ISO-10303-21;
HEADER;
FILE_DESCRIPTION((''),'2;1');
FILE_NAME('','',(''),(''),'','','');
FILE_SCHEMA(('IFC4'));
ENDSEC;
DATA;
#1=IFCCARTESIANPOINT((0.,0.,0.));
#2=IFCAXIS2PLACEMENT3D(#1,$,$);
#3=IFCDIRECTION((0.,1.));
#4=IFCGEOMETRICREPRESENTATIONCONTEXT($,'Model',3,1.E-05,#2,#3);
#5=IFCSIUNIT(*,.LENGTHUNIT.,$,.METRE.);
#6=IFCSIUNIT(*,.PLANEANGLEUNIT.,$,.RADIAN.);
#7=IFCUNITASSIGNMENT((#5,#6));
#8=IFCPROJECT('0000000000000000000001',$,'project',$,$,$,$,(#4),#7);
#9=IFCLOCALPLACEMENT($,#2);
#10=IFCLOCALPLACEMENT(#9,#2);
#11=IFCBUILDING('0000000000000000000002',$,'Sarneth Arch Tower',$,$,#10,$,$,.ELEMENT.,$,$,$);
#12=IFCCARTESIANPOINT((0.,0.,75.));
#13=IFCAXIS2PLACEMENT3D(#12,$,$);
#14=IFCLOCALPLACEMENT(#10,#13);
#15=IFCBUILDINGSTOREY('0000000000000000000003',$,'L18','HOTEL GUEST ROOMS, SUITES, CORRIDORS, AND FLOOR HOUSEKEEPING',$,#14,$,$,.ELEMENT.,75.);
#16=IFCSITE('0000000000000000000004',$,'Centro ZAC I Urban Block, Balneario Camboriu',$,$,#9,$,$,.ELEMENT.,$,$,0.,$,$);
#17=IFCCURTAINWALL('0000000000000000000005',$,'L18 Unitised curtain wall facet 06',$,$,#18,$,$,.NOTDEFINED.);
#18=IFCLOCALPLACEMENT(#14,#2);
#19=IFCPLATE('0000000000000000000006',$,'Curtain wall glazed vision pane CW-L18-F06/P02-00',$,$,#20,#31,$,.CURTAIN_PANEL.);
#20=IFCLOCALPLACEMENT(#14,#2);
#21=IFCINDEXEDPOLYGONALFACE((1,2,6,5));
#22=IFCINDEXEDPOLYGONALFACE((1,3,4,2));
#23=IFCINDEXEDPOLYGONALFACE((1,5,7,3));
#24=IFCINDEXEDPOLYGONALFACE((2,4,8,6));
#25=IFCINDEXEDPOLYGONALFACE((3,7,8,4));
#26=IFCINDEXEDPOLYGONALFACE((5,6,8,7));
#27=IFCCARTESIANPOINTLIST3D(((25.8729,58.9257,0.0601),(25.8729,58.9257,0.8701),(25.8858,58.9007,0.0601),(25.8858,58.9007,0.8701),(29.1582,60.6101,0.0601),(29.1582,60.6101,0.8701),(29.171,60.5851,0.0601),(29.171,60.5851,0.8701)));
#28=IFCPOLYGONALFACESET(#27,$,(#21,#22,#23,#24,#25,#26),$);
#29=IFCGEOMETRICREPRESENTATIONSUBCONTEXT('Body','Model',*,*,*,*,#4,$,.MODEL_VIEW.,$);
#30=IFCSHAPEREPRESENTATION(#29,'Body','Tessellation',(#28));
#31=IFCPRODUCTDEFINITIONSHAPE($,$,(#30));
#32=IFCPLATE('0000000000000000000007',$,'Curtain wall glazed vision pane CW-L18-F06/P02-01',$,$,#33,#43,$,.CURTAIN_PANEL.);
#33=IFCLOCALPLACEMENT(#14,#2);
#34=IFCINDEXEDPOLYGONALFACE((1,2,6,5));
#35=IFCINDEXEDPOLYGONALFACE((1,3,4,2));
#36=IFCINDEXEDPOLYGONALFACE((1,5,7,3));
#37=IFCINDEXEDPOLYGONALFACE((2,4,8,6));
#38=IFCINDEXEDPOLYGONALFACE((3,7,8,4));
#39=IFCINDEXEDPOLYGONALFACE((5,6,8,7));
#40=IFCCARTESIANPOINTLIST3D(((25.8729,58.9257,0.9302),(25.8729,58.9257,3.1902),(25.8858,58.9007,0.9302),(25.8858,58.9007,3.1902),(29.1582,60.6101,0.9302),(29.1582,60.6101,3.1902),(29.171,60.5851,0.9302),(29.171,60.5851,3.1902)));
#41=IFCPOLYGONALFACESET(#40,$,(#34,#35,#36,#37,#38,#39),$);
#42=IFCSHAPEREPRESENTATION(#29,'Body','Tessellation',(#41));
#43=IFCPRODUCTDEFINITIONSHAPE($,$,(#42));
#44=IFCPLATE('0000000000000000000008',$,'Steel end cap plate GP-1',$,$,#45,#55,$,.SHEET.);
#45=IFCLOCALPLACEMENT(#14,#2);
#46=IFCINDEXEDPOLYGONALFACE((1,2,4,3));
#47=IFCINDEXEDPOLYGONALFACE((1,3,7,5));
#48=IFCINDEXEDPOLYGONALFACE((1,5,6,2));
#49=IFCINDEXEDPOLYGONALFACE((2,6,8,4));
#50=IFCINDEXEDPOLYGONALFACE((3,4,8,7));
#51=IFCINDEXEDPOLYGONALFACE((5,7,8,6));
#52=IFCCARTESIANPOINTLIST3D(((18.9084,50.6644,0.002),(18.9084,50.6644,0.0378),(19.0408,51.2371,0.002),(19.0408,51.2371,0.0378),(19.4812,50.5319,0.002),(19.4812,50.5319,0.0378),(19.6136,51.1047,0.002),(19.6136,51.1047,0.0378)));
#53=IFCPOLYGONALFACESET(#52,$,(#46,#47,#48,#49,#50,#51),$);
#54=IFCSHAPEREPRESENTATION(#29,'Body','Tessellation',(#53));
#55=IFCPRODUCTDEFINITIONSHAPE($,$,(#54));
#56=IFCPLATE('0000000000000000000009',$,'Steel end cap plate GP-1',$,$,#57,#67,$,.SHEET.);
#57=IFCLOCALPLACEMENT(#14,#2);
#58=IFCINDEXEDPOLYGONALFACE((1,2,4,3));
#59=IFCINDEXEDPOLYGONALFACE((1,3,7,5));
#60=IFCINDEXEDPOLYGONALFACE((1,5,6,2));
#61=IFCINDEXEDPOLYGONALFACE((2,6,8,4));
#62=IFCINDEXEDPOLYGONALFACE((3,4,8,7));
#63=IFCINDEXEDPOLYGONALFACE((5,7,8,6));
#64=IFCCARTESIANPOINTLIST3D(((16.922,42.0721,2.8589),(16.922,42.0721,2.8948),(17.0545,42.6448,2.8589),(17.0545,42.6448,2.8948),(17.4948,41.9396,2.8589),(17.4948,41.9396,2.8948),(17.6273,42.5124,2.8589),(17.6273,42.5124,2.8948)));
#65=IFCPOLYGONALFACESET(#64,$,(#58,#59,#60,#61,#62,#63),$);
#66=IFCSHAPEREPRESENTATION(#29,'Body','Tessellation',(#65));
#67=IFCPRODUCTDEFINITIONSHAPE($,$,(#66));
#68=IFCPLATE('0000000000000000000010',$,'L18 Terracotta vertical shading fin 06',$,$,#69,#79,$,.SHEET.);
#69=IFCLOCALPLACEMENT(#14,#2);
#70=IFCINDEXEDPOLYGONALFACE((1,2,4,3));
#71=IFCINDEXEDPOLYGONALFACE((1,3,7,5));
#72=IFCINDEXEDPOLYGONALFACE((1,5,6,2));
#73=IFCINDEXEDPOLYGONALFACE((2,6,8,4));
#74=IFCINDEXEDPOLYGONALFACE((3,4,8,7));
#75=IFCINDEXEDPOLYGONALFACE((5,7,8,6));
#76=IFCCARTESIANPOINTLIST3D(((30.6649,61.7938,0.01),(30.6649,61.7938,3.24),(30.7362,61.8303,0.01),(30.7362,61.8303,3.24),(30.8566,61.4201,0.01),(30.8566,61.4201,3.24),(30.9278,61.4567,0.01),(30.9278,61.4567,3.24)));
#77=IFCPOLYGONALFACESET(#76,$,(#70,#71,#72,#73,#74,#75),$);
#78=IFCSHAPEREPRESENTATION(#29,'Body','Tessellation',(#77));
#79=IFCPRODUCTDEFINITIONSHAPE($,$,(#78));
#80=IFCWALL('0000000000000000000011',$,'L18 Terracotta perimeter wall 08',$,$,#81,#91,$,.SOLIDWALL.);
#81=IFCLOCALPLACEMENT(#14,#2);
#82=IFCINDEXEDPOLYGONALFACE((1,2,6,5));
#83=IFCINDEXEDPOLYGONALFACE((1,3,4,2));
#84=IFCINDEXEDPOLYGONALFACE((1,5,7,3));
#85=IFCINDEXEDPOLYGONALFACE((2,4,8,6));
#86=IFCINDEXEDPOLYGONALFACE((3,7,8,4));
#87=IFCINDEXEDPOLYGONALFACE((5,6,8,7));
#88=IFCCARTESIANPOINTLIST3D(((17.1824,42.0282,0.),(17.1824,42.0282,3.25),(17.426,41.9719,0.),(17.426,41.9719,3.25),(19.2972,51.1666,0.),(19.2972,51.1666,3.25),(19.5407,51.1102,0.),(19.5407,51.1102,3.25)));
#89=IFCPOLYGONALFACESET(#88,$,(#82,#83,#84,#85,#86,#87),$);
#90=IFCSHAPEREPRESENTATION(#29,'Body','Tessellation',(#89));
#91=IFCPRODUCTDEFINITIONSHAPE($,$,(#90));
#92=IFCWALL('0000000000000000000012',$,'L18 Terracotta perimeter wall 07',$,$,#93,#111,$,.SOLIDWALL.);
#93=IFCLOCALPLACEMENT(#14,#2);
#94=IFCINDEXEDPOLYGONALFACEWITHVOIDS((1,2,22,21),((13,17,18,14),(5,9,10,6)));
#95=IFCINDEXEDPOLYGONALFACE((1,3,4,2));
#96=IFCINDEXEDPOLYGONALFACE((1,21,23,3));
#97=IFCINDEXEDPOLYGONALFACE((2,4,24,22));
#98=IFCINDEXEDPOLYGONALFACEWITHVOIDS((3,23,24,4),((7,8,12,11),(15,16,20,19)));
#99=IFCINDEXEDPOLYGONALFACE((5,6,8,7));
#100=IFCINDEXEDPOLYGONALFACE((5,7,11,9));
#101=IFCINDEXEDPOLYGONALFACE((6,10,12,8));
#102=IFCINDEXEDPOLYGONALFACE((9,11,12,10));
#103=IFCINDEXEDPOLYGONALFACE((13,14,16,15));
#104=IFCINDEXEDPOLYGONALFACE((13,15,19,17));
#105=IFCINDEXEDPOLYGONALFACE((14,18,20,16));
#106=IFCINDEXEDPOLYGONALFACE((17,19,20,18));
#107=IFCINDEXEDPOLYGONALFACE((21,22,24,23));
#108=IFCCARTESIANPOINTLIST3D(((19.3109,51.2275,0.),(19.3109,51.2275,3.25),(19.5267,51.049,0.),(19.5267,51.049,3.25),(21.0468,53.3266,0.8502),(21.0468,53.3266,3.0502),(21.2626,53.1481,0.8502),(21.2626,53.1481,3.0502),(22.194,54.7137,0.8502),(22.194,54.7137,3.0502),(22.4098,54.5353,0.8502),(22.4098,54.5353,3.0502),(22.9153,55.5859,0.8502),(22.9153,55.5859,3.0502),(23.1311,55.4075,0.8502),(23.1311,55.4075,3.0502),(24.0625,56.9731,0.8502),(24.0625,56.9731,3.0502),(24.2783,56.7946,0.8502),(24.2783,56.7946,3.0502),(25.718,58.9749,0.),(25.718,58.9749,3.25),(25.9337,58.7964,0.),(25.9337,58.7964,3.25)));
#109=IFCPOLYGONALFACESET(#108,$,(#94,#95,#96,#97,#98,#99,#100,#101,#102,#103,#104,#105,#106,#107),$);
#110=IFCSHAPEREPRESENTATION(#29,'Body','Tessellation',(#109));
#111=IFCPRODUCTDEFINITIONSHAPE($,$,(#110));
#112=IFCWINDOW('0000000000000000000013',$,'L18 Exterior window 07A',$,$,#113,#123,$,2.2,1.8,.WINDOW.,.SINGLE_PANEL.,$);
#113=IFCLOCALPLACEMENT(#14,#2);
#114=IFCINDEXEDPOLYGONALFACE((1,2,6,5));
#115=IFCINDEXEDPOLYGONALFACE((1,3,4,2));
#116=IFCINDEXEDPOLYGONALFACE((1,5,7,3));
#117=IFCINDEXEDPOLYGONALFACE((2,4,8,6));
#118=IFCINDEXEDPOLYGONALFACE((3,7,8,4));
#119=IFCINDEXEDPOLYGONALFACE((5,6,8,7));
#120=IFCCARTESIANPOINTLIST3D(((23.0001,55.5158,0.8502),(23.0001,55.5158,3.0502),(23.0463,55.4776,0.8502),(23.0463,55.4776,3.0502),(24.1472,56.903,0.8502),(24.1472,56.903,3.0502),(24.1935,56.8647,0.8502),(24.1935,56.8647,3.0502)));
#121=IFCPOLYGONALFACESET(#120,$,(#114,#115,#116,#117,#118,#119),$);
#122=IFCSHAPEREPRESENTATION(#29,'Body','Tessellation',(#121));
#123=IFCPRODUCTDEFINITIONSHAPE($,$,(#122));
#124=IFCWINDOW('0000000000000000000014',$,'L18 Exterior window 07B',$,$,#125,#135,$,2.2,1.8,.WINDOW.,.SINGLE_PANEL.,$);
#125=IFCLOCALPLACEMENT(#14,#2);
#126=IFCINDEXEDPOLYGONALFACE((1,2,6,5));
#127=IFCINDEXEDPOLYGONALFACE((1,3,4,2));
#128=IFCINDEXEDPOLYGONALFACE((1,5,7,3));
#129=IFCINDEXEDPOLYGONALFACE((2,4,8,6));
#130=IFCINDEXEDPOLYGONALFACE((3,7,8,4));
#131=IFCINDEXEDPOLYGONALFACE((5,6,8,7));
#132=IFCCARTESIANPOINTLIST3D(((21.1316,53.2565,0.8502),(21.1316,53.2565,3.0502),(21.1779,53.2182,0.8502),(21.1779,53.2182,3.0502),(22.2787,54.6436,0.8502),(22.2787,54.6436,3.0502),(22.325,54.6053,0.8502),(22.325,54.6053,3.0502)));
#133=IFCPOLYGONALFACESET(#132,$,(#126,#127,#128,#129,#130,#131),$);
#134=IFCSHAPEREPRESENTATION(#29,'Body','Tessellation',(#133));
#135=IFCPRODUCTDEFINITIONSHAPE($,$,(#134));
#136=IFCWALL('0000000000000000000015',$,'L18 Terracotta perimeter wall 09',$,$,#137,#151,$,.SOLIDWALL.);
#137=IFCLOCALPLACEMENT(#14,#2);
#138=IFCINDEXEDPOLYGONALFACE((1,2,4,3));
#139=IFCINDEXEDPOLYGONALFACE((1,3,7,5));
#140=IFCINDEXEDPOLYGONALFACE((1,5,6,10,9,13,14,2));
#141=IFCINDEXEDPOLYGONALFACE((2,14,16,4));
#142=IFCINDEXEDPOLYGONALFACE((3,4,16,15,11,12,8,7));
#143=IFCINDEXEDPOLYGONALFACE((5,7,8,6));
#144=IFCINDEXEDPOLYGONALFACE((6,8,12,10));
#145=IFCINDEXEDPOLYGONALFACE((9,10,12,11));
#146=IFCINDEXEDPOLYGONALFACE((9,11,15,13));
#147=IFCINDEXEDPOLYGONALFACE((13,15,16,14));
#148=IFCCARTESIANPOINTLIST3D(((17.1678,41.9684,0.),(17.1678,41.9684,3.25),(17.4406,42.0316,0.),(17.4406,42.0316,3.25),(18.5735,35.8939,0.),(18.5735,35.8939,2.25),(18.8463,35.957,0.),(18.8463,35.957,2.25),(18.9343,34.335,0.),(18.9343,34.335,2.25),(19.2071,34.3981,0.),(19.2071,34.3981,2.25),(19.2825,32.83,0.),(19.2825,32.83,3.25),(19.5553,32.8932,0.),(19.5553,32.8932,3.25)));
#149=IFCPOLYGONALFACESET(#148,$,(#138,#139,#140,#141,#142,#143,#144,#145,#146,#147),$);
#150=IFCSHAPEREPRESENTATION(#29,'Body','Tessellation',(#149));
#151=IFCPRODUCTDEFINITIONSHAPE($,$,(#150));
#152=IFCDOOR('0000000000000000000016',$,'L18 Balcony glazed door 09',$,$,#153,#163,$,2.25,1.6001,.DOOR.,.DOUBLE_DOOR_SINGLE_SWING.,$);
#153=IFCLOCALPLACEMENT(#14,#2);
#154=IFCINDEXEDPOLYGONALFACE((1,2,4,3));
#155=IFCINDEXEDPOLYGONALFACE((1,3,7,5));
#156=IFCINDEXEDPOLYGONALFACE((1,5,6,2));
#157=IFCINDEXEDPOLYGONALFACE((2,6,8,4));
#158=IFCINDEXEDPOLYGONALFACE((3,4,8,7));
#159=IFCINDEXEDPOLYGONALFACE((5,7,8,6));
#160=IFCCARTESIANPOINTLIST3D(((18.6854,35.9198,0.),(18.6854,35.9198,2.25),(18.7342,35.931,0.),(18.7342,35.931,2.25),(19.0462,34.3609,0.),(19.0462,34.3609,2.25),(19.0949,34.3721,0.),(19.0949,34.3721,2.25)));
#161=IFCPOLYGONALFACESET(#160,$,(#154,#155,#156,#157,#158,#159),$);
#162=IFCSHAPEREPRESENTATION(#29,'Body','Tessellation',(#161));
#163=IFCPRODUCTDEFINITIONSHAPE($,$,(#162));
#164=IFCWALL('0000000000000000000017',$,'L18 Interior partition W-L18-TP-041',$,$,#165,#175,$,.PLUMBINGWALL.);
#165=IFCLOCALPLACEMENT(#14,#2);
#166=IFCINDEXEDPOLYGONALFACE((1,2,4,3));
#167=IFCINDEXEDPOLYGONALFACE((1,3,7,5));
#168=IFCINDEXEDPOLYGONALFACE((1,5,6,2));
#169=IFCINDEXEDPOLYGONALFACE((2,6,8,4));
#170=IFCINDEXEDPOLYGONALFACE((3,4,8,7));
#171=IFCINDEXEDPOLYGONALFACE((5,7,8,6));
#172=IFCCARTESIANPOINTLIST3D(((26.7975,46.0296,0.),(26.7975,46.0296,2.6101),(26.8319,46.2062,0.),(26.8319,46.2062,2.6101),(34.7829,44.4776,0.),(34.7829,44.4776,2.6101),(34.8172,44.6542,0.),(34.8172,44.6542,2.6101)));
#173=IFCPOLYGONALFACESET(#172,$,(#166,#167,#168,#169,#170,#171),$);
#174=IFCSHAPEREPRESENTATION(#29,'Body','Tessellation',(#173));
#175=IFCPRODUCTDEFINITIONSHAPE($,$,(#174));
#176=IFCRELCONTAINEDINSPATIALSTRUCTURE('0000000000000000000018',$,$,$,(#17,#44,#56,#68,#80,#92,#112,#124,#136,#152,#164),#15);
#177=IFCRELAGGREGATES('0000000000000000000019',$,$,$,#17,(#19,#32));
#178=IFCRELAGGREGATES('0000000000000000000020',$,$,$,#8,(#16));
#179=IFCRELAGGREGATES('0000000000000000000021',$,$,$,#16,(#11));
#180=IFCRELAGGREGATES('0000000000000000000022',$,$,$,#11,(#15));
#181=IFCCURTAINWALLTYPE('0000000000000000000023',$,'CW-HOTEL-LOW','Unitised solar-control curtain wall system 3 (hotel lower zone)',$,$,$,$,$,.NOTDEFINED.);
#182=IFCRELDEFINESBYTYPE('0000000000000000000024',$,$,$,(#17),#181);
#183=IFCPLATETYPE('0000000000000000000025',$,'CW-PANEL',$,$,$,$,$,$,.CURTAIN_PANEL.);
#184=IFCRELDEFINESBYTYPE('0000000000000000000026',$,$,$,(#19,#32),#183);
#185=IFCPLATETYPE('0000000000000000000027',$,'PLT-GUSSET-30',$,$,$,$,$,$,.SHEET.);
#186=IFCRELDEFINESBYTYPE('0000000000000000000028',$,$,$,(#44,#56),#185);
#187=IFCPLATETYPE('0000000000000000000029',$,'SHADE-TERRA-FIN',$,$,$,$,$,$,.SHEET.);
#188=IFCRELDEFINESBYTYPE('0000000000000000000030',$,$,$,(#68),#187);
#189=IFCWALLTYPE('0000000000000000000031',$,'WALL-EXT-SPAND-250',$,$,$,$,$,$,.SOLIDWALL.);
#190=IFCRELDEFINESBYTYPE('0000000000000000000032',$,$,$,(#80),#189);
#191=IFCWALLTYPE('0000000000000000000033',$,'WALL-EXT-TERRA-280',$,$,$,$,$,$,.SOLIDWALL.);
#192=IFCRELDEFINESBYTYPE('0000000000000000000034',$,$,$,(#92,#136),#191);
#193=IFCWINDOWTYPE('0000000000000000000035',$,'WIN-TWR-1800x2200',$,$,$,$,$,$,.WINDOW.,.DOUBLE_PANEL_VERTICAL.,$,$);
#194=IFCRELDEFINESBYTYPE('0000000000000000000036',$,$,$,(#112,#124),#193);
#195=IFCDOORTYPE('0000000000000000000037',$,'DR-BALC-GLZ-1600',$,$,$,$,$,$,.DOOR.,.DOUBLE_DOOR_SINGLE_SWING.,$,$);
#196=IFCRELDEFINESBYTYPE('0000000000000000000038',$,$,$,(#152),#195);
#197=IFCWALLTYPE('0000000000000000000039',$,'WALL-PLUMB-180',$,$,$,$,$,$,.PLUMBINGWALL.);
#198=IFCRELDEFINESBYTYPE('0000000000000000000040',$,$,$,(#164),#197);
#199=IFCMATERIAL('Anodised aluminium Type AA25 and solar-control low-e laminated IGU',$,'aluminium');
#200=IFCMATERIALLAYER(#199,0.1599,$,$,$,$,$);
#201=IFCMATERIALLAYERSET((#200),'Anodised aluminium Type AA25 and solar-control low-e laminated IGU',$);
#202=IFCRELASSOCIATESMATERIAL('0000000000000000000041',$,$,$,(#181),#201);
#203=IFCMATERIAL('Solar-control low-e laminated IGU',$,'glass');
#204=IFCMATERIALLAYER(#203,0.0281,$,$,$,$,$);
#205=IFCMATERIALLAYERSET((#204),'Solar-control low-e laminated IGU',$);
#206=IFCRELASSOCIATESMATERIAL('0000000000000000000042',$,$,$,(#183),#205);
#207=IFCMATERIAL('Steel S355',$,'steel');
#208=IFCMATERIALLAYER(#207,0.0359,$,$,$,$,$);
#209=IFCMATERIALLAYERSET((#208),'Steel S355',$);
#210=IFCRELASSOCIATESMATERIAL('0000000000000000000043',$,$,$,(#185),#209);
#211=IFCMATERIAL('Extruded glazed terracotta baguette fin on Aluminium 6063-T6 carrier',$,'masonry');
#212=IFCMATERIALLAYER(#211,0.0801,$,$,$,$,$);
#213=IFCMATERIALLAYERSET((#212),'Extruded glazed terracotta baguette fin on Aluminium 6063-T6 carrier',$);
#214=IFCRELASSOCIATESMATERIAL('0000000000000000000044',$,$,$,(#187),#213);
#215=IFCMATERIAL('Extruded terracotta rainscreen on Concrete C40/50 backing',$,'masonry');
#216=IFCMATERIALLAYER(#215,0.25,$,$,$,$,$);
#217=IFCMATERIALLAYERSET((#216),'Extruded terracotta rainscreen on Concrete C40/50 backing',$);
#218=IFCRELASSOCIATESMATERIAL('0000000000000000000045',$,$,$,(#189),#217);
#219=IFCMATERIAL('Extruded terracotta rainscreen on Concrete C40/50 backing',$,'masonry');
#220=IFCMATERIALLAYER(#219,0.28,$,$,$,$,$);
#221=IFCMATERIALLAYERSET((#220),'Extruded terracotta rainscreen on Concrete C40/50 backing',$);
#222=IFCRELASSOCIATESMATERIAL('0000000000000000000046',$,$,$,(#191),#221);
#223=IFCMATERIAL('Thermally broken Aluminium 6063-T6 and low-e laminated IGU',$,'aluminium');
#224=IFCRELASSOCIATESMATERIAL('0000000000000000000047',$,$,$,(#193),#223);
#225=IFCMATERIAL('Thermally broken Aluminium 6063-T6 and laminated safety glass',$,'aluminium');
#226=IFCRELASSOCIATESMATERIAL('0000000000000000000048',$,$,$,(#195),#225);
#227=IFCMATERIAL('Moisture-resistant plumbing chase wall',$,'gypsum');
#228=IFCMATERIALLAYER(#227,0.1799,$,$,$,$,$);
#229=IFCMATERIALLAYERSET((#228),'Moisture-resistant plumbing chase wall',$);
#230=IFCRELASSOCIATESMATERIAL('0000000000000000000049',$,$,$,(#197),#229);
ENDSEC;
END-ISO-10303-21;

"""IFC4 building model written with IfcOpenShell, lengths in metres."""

from ifc_helpers import new_model, si_unit, direction, frame, frame_2d, origin, origin_2d, place, context, subcontext, project, spatial, rectangle, extrude, material, layer, layer_set, type_object, element, fill, aggregate, save


model = new_model("IFC4")

# Units and contexts
model_context = context("Model", 3, precision=1e-05, world=origin(), true_north=direction((0.0, 1.0)))
body_context = subcontext(model_context, "Body", "Model", "MODEL_VIEW")
ifc_project = project(units=[si_unit("LENGTHUNIT", "METRE"), si_unit("PLANEANGLEUNIT", "RADIAN")], contexts=[model_context])

# Site, building, storey
site_placement = place(None, origin())
site = spatial("IfcSite", under=ifc_project, at=site_placement, Name="Centro ZAC I Urban Block, Balneario Camboriu", CompositionType="ELEMENT", RefElevation=0.0)
building_placement = place(site_placement, origin())
building = spatial("IfcBuilding", under=site, at=building_placement, Name="Sarneth Arch Tower", CompositionType="ELEMENT")
storey_placement = place(building_placement, frame((0.0, 0.0, 75.0)))
storey = spatial("IfcBuildingStorey", under=building, at=storey_placement, Name="L18", Description="HOTEL GUEST ROOMS, SUITES, CORRIDORS, AND FLOOR HOUSEKEEPING", CompositionType="ELEMENT", Elevation=75.0)

# Curtain wall
ifc_material_1 = material(Name="Anodised aluminium Type AA25 and solar-control low-e laminated IGU", Category="aluminium")
ifc_layer_1 = layer(ifc_material_1, 0.1599)
ifc_layer_set_1 = layer_set([ifc_layer_1], Name="Anodised aluminium Type AA25 and solar-control low-e laminated IGU")
curtain_wall_type = type_object("IfcCurtainWallType", Name="CW-HOTEL-LOW", Description="Unitised solar-control curtain wall system 3 (hotel lower zone)", PredefinedType="NOTDEFINED", material=ifc_layer_set_1)
curtain_wall_placement = place(storey_placement, origin())
curtain_wall = element("IfcCurtainWall", 1, at=curtain_wall_placement, inside=storey, type_object=curtain_wall_type, Name="L18 Unitised curtain wall facet 06", PredefinedType="NOTDEFINED")

# Plates
ifc_material_2 = material(Name="Solar-control low-e laminated IGU", Category="glass")
ifc_layer_2 = layer(ifc_material_2, 0.0281)
ifc_layer_set_2 = layer_set([ifc_layer_2], Name="Solar-control low-e laminated IGU")
plate_type_1 = type_object("IfcPlateType", Name="CW-PANEL", PredefinedType="CURTAIN_PANEL", material=ifc_layer_set_2)
plate_1_placement = place(storey_placement, frame((27.522, 59.7554, 0.0601), z_axis=(0.0, 0.0, 1.0), x_axis=(-0.889854, -0.456245, 0.0)))
plate_1 = element("IfcPlate", 2, at=plate_1_placement, type_object=plate_type_1, Name="Curtain wall glazed vision pane CW-L18-F06/P02-00", PredefinedType="CURTAIN_PANEL", context=body_context, shape_type="SweptSolid", body=[
    extrude(rectangle(XDim=3.6919, YDim=0.0281, at=origin_2d()), origin(), (0.0, 0.0, 1.0), 0.8101),
])
plate_2_placement = place(storey_placement, frame((27.522, 59.7554, 0.9302), z_axis=(0.0, 0.0, 1.0), x_axis=(-0.889854, -0.456245, 0.0)))
plate_2 = element("IfcPlate", 3, at=plate_2_placement, type_object=plate_type_1, Name="Curtain wall glazed vision pane CW-L18-F06/P02-01", PredefinedType="CURTAIN_PANEL", context=body_context, shape_type="SweptSolid", body=[
    extrude(rectangle(XDim=3.6919, YDim=0.0281, at=origin_2d()), origin(), (0.0, 0.0, 1.0), 2.26),
])
aggregate(curtain_wall, [plate_1, plate_2])

# Plates
ifc_material_3 = material(Name="Steel S355", Category="steel")
ifc_layer_3 = layer(ifc_material_3, 0.0359)
ifc_layer_set_3 = layer_set([ifc_layer_3], Name="Steel S355")
plate_type_2 = type_object("IfcPlateType", Name="PLT-GUSSET-30", PredefinedType="SHEET", material=ifc_layer_set_3)
for number, where, z_axis, x_axis, name in (
    (4, (19.261, 50.8845, 0.002), (0.0, 0.0, 1.0), (-0.225291, -0.974291, 0.0), "Steel end cap plate GP-1"),
    (5, (17.2747, 42.2922, 2.8589), (0.0, 0.0, 1.0), (-0.225291, -0.974291, 0.0), "Steel end cap plate GP-1"),
):
    element("IfcPlate", number, at=place(storey_placement, frame(where, z_axis=z_axis, x_axis=x_axis)), inside=storey, type_object=plate_type_2, Name=name, PredefinedType="SHEET", context=body_context, shape_type="SweptSolid", body=[
        extrude(rectangle(XDim=0.5879, YDim=0.5879, at=origin_2d()), origin(), (0.0, 0.0, 1.0), 0.0359),
    ])
ifc_material_4 = material(Name="Extruded glazed terracotta baguette fin on Aluminium 6063-T6 carrier", Category="masonry")
ifc_layer_4 = layer(ifc_material_4, 0.0801)
ifc_layer_set_4 = layer_set([ifc_layer_4], Name="Extruded glazed terracotta baguette fin on Aluminium 6063-T6 carrier")
plate_type_3 = type_object("IfcPlateType", Name="SHADE-TERRA-FIN", PredefinedType="SHEET", material=ifc_layer_set_4)
plate_3_placement = place(storey_placement, frame((30.7964, 61.6252, 0.01), z_axis=(0.0, 0.0, 1.0), x_axis=(-0.456322, 0.889815, 0.0)))
element("IfcPlate", 6, at=plate_3_placement, inside=storey, type_object=plate_type_3, Name="L18 Terracotta vertical shading fin 06", PredefinedType="SHEET", context=body_context, shape_type="SweptSolid", body=[
    extrude(rectangle(XDim=0.4199, YDim=0.0801, at=origin_2d()), origin(), (0.0, 0.0, 1.0), 3.23),
])

# Wall
ifc_material_5 = material(Name="Extruded terracotta rainscreen on Concrete C40/50 backing", Category="masonry")
ifc_layer_5 = layer(ifc_material_5, 0.25)
ifc_layer_set_5 = layer_set([ifc_layer_5], Name="Extruded terracotta rainscreen on Concrete C40/50 backing")
wall_type_1 = type_object("IfcWallType", Name="WALL-EXT-SPAND-250", PredefinedType="SOLIDWALL", material=ifc_layer_set_5)
wall_1_placement = place(storey_placement, frame((19.4189, 51.1384, 0.0), z_axis=(0.0, 0.0, 1.0), x_axis=(-0.225454, -0.974254, 0.0)))
element("IfcWall", 7, at=wall_1_placement, inside=storey, type_object=wall_type_1, Name="L18 Terracotta perimeter wall 08", PredefinedType="SOLIDWALL", context=body_context, shape_type="SweptSolid", body=[
    extrude(rectangle(XDim=9.3799, YDim=0.25, at=frame_2d((4.6899, 0.0))), origin(), (0.0, 0.0, 1.0), 3.25),
])

# Wall, openings, windows
ifc_material_6 = material(Name="Extruded terracotta rainscreen on Concrete C40/50 backing", Category="masonry")
ifc_layer_6 = layer(ifc_material_6, 0.28)
ifc_layer_set_6 = layer_set([ifc_layer_6], Name="Extruded terracotta rainscreen on Concrete C40/50 backing")
wall_type_2 = type_object("IfcWallType", Name="WALL-EXT-TERRA-280", PredefinedType="SOLIDWALL", material=ifc_layer_set_6)
wall_2_placement = place(storey_placement, frame((25.8259, 58.8857, 0.0), z_axis=(0.0, 0.0, 1.0), x_axis=(-0.637297, -0.770618, 0.0)))
wall_2 = element("IfcWall", 8, at=wall_2_placement, inside=storey, type_object=wall_type_2, Name="L18 Terracotta perimeter wall 07", PredefinedType="SOLIDWALL", context=body_context, shape_type="SweptSolid", body=[
    extrude(rectangle(XDim=10.0535, YDim=0.28, at=frame_2d((5.0269, 0.0))), origin(), (0.0, 0.0, 1.0), 3.25),
])
opening_1_placement = place(wall_2_placement, frame((2.5979, 0.0, 0.8501)))
opening_1 = element("IfcOpeningElement", 9, at=opening_1_placement, cuts=wall_2, PredefinedType="OPENING", context=body_context, shape_type="SweptSolid", body=[
    extrude(rectangle(XDim=1.8, YDim=2.2, at=frame_2d((0.8999, 1.1001))), frame((0.0, 0.1499, 0.0), z_axis=(0.0, -1.0, 0.0), x_axis=(1.0, 0.0, 0.0)), (0.0, 0.0, 1.0), 0.3),
])
opening_2_placement = place(wall_2_placement, frame((5.5298, 0.0, 0.8501)))
opening_2 = element("IfcOpeningElement", 10, at=opening_2_placement, cuts=wall_2, PredefinedType="OPENING", context=body_context, shape_type="SweptSolid", body=[
    extrude(rectangle(XDim=1.8, YDim=2.2, at=frame_2d((0.8999, 1.1001))), frame((0.0, 0.1499, 0.0), z_axis=(0.0, -1.0, 0.0), x_axis=(1.0, 0.0, 0.0)), (0.0, 0.0, 1.0), 0.3),
])
ifc_material_7 = material(Name="Thermally broken Aluminium 6063-T6 and low-e laminated IGU", Category="aluminium")
window_type = type_object("IfcWindowType", Name="WIN-TWR-1800x2200", PartitioningType="DOUBLE_PANEL_VERTICAL", PredefinedType="WINDOW", material=ifc_material_7)
window_1_placement = place(opening_1_placement, origin())
window_1 = element("IfcWindow", 11, at=window_1_placement, inside=storey, type_object=window_type, Name="L18 Exterior window 07A", OverallHeight=2.2, OverallWidth=1.8, PartitioningType="SINGLE_PANEL", PredefinedType="WINDOW", context=body_context, shape_type="SweptSolid", body=[
    extrude(rectangle(XDim=1.8, YDim=2.2, at=frame_2d((0.8999, 1.1001))), frame((0.0, 0.03, 0.0), z_axis=(0.0, -1.0, 0.0), x_axis=(1.0, 0.0, 0.0)), (0.0, 0.0, 1.0), 0.0601),
])
fill(opening_1, window_1)
window_2_placement = place(opening_2_placement, origin())
window_2 = element("IfcWindow", 12, at=window_2_placement, inside=storey, type_object=window_type, Name="L18 Exterior window 07B", OverallHeight=2.2, OverallWidth=1.8, PartitioningType="SINGLE_PANEL", PredefinedType="WINDOW", context=body_context, shape_type="SweptSolid", body=[
    extrude(rectangle(XDim=1.8, YDim=2.2, at=frame_2d((0.8999, 1.1001))), frame((0.0, 0.03, 0.0), z_axis=(0.0, -1.0, 0.0), x_axis=(1.0, 0.0, 0.0)), (0.0, 0.0, 1.0), 0.0601),
])
fill(opening_2, window_2)

# Wall, opening, door
wall_3_placement = place(storey_placement, frame((17.3042, 42.0, 0.0), z_axis=(0.0, 0.0, 1.0), x_axis=(0.225454, -0.974254, 0.0)))
wall_3 = element("IfcWall", 13, at=wall_3_placement, inside=storey, type_object=wall_type_2, Name="L18 Terracotta perimeter wall 09", PredefinedType="SOLIDWALL", context=body_context, shape_type="SweptSolid", body=[
    extrude(rectangle(XDim=9.3799, YDim=0.28, at=frame_2d((4.6899, 0.0))), origin(), (0.0, 0.0, 1.0), 3.25),
])
opening_3_placement = place(wall_3_placement, frame((6.2351, 0.0, 0.0)))
opening_3 = element("IfcOpeningElement", 14, at=opening_3_placement, cuts=wall_3, PredefinedType="OPENING", context=body_context, shape_type="SweptSolid", body=[
    extrude(rectangle(XDim=1.6001, YDim=2.25, at=frame_2d((0.8, 1.125))), frame((0.0, 0.1499, 0.0), z_axis=(0.0, -1.0, 0.0), x_axis=(1.0, 0.0, 0.0)), (0.0, 0.0, 1.0), 0.3),
])
ifc_material_8 = material(Name="Thermally broken Aluminium 6063-T6 and laminated safety glass", Category="aluminium")
door_type = type_object("IfcDoorType", Name="DR-BALC-GLZ-1600", OperationType="DOUBLE_DOOR_SINGLE_SWING", PredefinedType="DOOR", material=ifc_material_8)
door_placement = place(opening_3_placement, origin())
door = element("IfcDoor", 15, at=door_placement, inside=storey, type_object=door_type, Name="L18 Balcony glazed door 09", OperationType="DOUBLE_DOOR_SINGLE_SWING", OverallHeight=2.25, OverallWidth=1.6001, PredefinedType="DOOR", context=body_context, shape_type="SweptSolid", body=[
    extrude(rectangle(XDim=1.6001, YDim=2.25, at=frame_2d((0.8, 1.125))), frame((0.0, 0.0249, 0.0), z_axis=(0.0, -1.0, 0.0), x_axis=(1.0, 0.0, 0.0)), (0.0, 0.0, 1.0), 0.05),
])
fill(opening_3, door)

# Wall
ifc_material_9 = material(Name="Moisture-resistant plumbing chase wall", Category="gypsum")
ifc_layer_7 = layer(ifc_material_9, 0.1799)
ifc_layer_set_7 = layer_set([ifc_layer_7], Name="Moisture-resistant plumbing chase wall")
wall_type_3 = type_object("IfcWallType", Name="WALL-PLUMB-180", PredefinedType="PLUMBINGWALL", material=ifc_layer_set_7)
wall_4_placement = place(storey_placement, frame((26.8147, 46.1179, 0.0), z_axis=(0.0, 0.0, 1.0), x_axis=(0.981632, -0.190786, 0.0)))
element("IfcWall", 16, at=wall_4_placement, inside=storey, type_object=wall_type_3, Name="L18 Interior partition W-L18-TP-041", PredefinedType="PLUMBINGWALL", context=body_context, shape_type="SweptSolid", body=[
    extrude(rectangle(XDim=8.1348, YDim=0.1799, at=frame_2d((4.0674, 0.0))), origin(), (0.0, 0.0, 1.0), 2.6101),
])

save(model, "model.ifc")
